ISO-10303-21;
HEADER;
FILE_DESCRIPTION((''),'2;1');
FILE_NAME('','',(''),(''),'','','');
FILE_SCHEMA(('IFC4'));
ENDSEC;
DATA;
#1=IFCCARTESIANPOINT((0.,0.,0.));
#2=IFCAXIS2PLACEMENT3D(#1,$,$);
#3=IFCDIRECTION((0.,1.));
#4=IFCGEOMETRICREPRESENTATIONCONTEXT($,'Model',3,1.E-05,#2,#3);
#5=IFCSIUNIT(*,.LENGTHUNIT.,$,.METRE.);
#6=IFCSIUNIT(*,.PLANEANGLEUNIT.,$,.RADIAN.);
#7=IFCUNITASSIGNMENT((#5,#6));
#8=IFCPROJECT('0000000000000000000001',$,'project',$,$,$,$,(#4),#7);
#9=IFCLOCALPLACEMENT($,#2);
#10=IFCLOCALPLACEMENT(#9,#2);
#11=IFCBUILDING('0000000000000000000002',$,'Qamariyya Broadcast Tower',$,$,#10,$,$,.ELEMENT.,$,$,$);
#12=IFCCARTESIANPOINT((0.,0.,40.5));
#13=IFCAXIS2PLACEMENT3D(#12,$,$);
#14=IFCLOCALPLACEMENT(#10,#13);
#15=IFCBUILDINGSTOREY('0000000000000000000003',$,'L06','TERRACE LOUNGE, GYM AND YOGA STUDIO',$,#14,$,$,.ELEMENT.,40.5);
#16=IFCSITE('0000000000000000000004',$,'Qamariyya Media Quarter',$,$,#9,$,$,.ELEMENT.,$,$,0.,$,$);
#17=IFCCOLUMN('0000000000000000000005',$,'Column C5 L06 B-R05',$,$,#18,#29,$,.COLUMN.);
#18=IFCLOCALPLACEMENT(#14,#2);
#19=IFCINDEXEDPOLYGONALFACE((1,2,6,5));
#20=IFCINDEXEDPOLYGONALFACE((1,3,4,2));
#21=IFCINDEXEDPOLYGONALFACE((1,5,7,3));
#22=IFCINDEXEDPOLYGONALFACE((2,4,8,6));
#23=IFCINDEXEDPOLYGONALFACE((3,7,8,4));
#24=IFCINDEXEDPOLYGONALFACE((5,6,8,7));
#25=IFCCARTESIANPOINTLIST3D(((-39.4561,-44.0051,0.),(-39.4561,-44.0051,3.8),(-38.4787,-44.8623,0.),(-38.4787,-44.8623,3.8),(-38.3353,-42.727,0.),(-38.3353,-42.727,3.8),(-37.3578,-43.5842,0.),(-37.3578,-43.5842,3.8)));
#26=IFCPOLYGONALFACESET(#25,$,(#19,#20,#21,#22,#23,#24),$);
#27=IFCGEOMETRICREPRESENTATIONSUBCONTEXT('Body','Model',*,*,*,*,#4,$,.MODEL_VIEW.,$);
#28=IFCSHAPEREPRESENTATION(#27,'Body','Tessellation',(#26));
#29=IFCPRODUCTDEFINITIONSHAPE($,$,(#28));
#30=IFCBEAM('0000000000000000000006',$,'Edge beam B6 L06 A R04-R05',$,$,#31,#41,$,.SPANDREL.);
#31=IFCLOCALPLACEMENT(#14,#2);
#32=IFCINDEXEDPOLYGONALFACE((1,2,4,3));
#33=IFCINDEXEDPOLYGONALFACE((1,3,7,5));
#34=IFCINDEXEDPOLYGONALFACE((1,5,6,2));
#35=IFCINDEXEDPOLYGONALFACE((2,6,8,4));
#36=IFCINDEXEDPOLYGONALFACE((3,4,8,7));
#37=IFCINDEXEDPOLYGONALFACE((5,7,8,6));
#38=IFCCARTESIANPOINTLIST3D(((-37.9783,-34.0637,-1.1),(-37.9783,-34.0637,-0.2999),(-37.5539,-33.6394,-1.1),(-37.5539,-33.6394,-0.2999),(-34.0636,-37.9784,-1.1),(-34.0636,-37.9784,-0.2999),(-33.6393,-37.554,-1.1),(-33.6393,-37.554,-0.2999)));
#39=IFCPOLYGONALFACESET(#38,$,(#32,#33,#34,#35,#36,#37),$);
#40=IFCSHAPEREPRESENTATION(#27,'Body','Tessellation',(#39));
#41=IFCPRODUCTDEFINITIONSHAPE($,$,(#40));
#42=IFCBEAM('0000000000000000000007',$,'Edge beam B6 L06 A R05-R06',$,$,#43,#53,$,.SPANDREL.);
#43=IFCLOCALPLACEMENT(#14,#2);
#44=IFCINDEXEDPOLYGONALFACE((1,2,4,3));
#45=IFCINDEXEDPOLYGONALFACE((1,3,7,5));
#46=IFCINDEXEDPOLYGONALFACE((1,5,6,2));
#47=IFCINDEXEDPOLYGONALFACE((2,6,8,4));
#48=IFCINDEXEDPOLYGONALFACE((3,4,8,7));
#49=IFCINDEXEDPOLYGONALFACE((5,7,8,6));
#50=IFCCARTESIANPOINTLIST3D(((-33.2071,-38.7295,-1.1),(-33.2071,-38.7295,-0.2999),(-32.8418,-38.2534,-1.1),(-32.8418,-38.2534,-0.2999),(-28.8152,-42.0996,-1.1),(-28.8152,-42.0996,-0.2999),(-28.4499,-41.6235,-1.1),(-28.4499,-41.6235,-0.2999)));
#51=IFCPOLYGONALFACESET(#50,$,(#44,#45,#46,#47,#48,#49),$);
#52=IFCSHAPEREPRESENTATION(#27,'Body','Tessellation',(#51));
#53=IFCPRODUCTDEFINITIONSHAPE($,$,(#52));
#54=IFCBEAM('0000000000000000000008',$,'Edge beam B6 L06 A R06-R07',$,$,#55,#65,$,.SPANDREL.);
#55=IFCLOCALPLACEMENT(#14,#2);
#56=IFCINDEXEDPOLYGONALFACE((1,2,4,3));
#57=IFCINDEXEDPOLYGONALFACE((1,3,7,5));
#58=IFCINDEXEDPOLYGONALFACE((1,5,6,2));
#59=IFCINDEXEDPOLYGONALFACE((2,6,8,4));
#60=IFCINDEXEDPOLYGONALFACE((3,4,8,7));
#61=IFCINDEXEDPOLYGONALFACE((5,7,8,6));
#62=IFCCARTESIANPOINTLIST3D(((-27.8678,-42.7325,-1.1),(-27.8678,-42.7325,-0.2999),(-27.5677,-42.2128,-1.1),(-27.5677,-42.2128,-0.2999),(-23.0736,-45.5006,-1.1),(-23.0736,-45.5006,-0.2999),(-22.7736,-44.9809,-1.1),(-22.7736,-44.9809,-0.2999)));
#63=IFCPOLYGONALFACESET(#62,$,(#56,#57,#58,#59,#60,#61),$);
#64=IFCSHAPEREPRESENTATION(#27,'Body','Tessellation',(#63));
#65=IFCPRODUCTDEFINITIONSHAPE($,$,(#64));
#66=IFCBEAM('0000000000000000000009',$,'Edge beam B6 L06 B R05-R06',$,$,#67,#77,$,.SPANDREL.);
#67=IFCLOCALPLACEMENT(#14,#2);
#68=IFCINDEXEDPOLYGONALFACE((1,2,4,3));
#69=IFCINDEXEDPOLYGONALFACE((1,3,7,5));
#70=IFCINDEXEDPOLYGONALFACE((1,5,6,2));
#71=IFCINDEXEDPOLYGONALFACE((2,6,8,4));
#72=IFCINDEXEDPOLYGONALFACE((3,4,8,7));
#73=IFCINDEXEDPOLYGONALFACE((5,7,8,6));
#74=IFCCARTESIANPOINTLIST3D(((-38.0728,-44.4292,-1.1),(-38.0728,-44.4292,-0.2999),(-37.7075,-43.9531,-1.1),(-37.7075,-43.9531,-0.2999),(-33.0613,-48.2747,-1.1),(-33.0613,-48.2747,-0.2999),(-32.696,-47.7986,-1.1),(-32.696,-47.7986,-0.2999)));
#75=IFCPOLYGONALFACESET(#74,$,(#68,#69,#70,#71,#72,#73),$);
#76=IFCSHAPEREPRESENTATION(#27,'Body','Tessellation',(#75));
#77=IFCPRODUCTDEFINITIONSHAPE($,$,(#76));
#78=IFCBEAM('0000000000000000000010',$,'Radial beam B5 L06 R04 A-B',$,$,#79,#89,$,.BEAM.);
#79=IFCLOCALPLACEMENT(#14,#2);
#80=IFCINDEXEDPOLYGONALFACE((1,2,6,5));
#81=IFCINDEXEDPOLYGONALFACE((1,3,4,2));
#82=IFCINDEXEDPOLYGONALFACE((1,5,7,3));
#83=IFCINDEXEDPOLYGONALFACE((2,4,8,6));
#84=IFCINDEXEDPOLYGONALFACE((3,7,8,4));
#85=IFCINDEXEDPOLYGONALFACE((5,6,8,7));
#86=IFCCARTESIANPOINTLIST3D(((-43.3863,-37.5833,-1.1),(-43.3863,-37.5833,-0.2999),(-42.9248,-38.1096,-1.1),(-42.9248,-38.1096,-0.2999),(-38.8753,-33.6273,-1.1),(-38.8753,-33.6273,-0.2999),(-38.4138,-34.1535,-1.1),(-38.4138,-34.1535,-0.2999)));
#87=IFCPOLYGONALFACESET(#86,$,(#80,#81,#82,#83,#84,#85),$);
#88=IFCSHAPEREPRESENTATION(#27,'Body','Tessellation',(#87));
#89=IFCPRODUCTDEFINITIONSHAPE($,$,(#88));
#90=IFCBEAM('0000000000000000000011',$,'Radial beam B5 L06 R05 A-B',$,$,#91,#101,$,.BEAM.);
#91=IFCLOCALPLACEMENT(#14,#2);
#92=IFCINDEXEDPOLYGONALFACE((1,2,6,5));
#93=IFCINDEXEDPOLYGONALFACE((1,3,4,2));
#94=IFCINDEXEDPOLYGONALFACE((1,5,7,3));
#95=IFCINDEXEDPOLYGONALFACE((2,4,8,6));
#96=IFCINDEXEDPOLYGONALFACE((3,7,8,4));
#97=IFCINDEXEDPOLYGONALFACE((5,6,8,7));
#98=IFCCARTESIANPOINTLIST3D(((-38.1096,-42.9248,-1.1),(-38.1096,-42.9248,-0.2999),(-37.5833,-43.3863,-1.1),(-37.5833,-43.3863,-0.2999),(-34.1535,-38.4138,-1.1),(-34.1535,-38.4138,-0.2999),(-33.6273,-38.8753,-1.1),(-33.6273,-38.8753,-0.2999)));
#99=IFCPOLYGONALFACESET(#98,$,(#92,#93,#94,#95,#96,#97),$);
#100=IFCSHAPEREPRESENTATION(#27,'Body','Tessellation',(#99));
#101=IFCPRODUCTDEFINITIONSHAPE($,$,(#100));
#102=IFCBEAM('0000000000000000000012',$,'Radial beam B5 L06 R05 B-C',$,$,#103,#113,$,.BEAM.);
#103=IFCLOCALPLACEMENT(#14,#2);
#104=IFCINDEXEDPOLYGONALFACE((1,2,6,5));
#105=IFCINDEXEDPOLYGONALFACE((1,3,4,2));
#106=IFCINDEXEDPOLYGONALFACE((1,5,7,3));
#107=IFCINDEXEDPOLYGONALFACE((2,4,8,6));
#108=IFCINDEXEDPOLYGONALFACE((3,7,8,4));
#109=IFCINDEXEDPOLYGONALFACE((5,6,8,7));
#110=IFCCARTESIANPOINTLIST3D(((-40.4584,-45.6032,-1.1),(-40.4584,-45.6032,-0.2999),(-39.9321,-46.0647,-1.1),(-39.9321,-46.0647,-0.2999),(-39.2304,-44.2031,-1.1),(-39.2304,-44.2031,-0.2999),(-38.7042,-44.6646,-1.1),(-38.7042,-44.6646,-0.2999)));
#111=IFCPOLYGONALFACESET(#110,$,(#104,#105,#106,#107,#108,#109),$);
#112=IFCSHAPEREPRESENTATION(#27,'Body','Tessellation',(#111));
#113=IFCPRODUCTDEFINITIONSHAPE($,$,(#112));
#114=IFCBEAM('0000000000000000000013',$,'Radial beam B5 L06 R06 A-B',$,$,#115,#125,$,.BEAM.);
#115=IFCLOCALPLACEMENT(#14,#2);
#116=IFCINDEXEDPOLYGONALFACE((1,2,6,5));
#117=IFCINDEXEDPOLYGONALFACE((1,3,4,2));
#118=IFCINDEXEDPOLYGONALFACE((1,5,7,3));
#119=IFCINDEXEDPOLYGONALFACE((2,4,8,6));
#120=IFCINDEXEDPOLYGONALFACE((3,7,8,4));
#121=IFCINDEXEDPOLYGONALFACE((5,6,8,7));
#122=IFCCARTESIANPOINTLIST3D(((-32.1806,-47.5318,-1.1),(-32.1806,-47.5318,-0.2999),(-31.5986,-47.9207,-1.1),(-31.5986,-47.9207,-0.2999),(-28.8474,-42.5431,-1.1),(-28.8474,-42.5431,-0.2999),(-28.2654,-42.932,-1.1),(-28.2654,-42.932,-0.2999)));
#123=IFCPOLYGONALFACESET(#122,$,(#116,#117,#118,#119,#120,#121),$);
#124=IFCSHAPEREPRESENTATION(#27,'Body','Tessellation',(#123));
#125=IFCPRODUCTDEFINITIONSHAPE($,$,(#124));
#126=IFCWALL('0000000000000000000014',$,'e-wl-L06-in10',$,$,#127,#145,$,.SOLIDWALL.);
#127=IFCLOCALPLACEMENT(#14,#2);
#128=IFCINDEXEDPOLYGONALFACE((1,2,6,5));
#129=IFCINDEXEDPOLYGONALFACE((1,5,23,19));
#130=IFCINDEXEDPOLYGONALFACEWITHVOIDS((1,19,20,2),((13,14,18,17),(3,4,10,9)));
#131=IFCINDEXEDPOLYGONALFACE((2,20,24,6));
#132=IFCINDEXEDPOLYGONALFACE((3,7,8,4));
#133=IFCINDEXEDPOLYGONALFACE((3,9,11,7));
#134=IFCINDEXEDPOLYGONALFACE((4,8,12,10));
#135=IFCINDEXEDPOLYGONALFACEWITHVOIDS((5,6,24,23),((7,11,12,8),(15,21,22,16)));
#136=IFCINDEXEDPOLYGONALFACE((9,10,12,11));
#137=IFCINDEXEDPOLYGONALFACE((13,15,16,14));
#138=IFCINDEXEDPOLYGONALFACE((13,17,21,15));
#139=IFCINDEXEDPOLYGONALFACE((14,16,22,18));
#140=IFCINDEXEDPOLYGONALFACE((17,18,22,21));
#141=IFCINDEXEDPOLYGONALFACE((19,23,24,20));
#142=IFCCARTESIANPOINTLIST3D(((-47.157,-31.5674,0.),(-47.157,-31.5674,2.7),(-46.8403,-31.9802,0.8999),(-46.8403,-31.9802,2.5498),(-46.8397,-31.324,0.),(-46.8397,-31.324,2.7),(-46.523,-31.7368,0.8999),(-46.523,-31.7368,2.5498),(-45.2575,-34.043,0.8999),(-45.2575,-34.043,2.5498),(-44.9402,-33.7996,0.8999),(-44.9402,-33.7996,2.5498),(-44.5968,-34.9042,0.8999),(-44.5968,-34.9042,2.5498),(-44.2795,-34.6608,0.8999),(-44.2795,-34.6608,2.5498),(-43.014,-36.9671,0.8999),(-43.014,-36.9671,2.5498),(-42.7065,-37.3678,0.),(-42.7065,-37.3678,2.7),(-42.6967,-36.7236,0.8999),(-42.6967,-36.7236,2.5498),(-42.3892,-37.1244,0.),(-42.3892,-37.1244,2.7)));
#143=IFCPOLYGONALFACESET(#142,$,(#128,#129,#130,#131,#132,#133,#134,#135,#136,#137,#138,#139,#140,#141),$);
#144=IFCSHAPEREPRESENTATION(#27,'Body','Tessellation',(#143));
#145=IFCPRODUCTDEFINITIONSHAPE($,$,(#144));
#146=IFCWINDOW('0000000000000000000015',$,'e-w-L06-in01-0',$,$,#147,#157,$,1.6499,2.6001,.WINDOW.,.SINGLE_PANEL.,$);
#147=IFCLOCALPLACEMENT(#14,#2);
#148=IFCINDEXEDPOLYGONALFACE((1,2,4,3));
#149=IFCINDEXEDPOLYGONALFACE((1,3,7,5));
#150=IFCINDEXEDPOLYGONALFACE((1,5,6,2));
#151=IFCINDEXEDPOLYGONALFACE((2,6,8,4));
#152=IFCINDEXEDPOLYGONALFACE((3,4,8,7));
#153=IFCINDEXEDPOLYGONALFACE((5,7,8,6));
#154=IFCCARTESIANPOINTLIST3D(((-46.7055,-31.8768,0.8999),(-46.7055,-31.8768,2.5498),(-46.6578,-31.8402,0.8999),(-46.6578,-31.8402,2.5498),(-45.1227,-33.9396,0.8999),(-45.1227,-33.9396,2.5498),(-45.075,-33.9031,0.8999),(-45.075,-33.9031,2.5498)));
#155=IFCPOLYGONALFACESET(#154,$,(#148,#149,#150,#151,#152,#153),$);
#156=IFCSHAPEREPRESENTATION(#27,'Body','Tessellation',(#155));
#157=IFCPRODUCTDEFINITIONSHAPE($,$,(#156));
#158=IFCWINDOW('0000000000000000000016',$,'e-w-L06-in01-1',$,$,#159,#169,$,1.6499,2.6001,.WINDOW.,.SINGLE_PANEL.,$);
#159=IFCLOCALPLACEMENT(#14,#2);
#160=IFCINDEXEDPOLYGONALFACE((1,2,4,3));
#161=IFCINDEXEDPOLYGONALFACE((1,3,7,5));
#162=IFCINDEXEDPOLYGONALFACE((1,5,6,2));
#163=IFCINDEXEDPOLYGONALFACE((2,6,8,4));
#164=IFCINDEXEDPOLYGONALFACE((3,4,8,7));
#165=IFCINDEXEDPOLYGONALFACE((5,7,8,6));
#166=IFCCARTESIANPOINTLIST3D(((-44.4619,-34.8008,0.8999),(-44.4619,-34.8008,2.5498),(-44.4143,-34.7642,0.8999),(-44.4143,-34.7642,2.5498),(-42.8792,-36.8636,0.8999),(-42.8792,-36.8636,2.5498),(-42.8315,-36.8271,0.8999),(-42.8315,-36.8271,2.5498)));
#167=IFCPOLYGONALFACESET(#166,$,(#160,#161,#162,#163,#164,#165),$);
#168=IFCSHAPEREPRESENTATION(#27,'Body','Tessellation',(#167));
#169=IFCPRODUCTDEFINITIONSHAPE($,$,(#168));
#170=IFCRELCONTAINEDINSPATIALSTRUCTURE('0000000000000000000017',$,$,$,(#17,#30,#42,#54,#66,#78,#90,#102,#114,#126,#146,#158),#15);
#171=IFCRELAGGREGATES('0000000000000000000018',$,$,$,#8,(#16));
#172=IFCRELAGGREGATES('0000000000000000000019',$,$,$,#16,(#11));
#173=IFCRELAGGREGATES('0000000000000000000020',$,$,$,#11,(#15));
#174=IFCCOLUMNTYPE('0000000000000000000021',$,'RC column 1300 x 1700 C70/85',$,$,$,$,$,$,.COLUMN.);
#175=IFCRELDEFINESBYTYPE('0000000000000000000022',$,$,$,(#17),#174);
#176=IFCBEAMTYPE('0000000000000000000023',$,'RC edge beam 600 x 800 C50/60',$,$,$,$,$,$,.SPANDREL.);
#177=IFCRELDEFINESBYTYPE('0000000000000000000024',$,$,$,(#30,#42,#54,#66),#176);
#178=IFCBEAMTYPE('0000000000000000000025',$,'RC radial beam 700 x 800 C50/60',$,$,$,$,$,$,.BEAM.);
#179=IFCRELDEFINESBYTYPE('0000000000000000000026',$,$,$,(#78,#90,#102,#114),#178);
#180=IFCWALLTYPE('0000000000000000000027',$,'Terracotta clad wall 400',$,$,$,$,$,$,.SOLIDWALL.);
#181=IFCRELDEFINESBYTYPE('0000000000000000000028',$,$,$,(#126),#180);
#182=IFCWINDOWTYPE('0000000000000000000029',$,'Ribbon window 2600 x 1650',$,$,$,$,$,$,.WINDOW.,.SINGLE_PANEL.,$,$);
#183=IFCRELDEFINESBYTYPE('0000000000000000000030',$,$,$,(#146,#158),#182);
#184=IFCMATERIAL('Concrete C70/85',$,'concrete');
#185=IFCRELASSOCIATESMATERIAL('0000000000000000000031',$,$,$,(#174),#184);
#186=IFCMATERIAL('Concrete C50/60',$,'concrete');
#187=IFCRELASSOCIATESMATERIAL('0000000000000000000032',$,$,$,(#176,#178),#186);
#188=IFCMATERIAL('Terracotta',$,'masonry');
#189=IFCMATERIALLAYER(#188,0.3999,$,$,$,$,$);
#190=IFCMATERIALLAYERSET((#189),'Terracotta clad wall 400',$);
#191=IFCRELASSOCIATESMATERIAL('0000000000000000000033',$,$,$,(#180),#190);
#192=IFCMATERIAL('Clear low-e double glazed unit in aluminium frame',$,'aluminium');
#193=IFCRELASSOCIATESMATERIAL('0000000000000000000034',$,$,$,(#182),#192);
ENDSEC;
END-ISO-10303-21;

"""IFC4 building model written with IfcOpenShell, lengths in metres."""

from ifc_helpers import new_model, si_unit, direction, frame, frame_2d, origin, origin_2d, place, context, subcontext, project, spatial, rectangle, extrude, material, layer, layer_set, material_profile, profile_set, type_object, element, fill, save


model = new_model("IFC4")

# Units and contexts
model_context = context("Model", 3, precision=1e-05, world=origin(), true_north=direction((0.0, 1.0)))
body_context = subcontext(model_context, "Body", "Model", "MODEL_VIEW")
ifc_project = project(units=[si_unit("LENGTHUNIT", "METRE"), si_unit("PLANEANGLEUNIT", "RADIAN")], contexts=[model_context])

# Site, building, storey
site_placement = place(None, origin())
site = spatial("IfcSite", under=ifc_project, at=site_placement, Name="Qamariyya Media Quarter", CompositionType="ELEMENT", RefElevation=0.0)
building_placement = place(site_placement, origin())
building = spatial("IfcBuilding", under=site, at=building_placement, Name="Qamariyya Broadcast Tower", CompositionType="ELEMENT")
storey_placement = place(building_placement, frame((0.0, 0.0, 40.5)))
storey = spatial("IfcBuildingStorey", under=building, at=storey_placement, Name="L06", Description="TERRACE LOUNGE, GYM AND YOGA STUDIO", CompositionType="ELEMENT", Elevation=40.5)

# Column
ifc_material_1 = material(Name="Concrete C70/85", Category="concrete")
ifc_material_profile_1 = material_profile(ifc_material_1, rectangle(XDim=1.3, YDim=1.7, at=origin_2d()))
ifc_profile_set_1 = profile_set([ifc_material_profile_1], Name="Concrete C70/85")
column_type = type_object("IfcColumnType", Name="RC column 1300 x 1700 C70/85", PredefinedType="COLUMN", material=ifc_profile_set_1)
column_placement = place(storey_placement, frame((-38.407, -43.7947, 0.0), z_axis=(0.0, 0.0, 1.0), x_axis=(0.75184, -0.659346, 0.0)))
element("IfcColumn", 1, at=column_placement, inside=storey, type_object=column_type, Name="Column C5 L06 B-R05", PredefinedType="COLUMN", context=body_context, shape_type="SweptSolid", body=[
    extrude(rectangle(XDim=1.3, YDim=1.7, at=origin_2d()), origin(), (0.0, 0.0, 1.0), 3.8),
])

# Beams
ifc_material_2 = material(Name="Concrete C50/60", Category="concrete")
ifc_material_profile_2 = material_profile(ifc_material_2, rectangle(XDim=0.6001, YDim=0.8, at=origin_2d()))
ifc_profile_set_2 = profile_set([ifc_material_profile_2], Name="Concrete C50/60")
beam_type_1 = type_object("IfcBeamType", Name="RC edge beam 600 x 800 C50/60", PredefinedType="SPANDREL", material=ifc_profile_set_2)
beam_1_placement = place(storey_placement, frame((-37.7661, -33.8516, -0.7), z_axis=(0.707107, -0.707107, 0.0), x_axis=(0.707107, 0.707107, 0.0)))
element("IfcBeam", 2, at=beam_1_placement, inside=storey, type_object=beam_type_1, Name="Edge beam B6 L06 A R04-R05", PredefinedType="SPANDREL", context=body_context, shape_type="SweptSolid", body=[
    extrude(rectangle(XDim=0.6001, YDim=0.8, at=origin_2d()), origin(), (0.0, 0.0, 1.0), 5.5361),
])
for number, where, z_axis, x_axis, name in (
    (3, (-33.0244, -38.4915, -0.7), (0.793342, -0.608777, 0.0), (0.608777, 0.793342, 0.0), "Edge beam B6 L06 A R05-R06"),
    (4, (-27.7178, -42.4727, -0.7), (0.866014, -0.500019, 0.0), (0.500019, 0.866014, 0.0), "Edge beam B6 L06 A R06-R07"),
):
    element("IfcBeam", number, at=place(storey_placement, frame(where, z_axis=z_axis, x_axis=x_axis)), inside=storey, type_object=beam_type_1, Name=name, PredefinedType="SPANDREL", context=body_context, shape_type="SweptSolid", body=[
        extrude(rectangle(XDim=0.6001, YDim=0.8, at=origin_2d()), origin(), (0.0, 0.0, 1.0), 5.5359),
    ])
beam_2_placement = place(storey_placement, frame((-37.8901, -44.1912, -0.7), z_axis=(0.793352, -0.608763, 0.0), x_axis=(0.608763, 0.793352, 0.0)))
element("IfcBeam", 5, at=beam_2_placement, inside=storey, type_object=beam_type_1, Name="Edge beam B6 L06 B R05-R06", PredefinedType="SPANDREL", context=body_context, shape_type="SweptSolid", body=[
    extrude(rectangle(XDim=0.6001, YDim=0.8, at=origin_2d()), origin(), (0.0, 0.0, 1.0), 6.3169),
])
ifc_material_profile_3 = material_profile(ifc_material_2, rectangle(XDim=0.7, YDim=0.8, at=origin_2d()))
ifc_profile_set_3 = profile_set([ifc_material_profile_3], Name="Concrete C50/60")
beam_type_2 = type_object("IfcBeamType", Name="RC radial beam 700 x 800 C50/60", PredefinedType="BEAM", material=ifc_profile_set_3)
for number, where, z_axis, x_axis, name in (
    (6, (-38.6445, -33.8904, -0.7), (-0.751838, -0.659348, 0.0), (0.659348, -0.751838, 0.0), "Radial beam B5 L06 R04 A-B"),
    (7, (-33.8904, -38.6445, -0.7), (-0.659348, -0.751838, 0.0), (0.751838, -0.659348, 0.0), "Radial beam B5 L06 R05 A-B"),
):
    element("IfcBeam", number, at=place(storey_placement, frame(where, z_axis=z_axis, x_axis=x_axis)), inside=storey, type_object=beam_type_2, Name=name, PredefinedType="BEAM", context=body_context, shape_type="SweptSolid", body=[
        extrude(rectangle(XDim=0.7, YDim=0.8, at=origin_2d()), origin(), (0.0, 0.0, 1.0), 6.0),
    ])
beam_3_placement = place(storey_placement, frame((-38.9673, -44.4338, -0.7), z_axis=(-0.659386, -0.751805, 0.0), x_axis=(0.751805, -0.659386, 0.0)))
element("IfcBeam", 8, at=beam_3_placement, inside=storey, type_object=beam_type_2, Name="Radial beam B5 L06 R05 B-C", PredefinedType="BEAM", context=body_context, shape_type="SweptSolid", body=[
    extrude(rectangle(XDim=0.7, YDim=0.8, at=origin_2d()), origin(), (0.0, 0.0, 1.0), 1.8623),
])
beam_4_placement = place(storey_placement, frame((-28.5564, -42.7375, -0.7), z_axis=(-0.555554, -0.83148, 0.0), x_axis=(0.83148, -0.555554, 0.0)))
element("IfcBeam", 9, at=beam_4_placement, inside=storey, type_object=beam_type_2, Name="Radial beam B5 L06 R06 A-B", PredefinedType="BEAM", context=body_context, shape_type="SweptSolid", body=[
    extrude(rectangle(XDim=0.7, YDim=0.8, at=origin_2d()), origin(), (0.0, 0.0, 1.0), 5.9998),
])

# Wall, openings, windows
ifc_material_3 = material(Name="Terracotta", Category="masonry")
ifc_layer = layer(ifc_material_3, 0.3999)
ifc_layer_set = layer_set([ifc_layer], Name="Terracotta clad wall 400")
wall_type = type_object("IfcWallType", Name="Terracotta clad wall 400", PredefinedType="SOLIDWALL", material=ifc_layer_set)
wall_1_placement = place(storey_placement, frame((-42.5479, -37.2461, 0.0), z_axis=(0.0, 0.0, 1.0), x_axis=(-0.608737, 0.793372, 0.0)))
wall_1 = element("IfcWall", 10, at=wall_1_placement, inside=storey, type_object=wall_type, Name="e-wl-L06-in10", PredefinedType="SOLIDWALL", context=body_context, shape_type="SweptSolid", body=[
    extrude(rectangle(XDim=7.311, YDim=0.3999, at=frame_2d((3.6555, 0.0))), origin(), (0.0, 0.0, 1.0), 2.7),
])
opening_1_placement = place(wall_1_placement, frame((4.1907, 0.0, 0.8999)))
opening_1 = element("IfcOpeningElement", 11, at=opening_1_placement, cuts=wall_1, PredefinedType="OPENING", context=body_context, shape_type="SweptSolid", body=[
    extrude(rectangle(XDim=2.6001, YDim=1.6499, at=frame_2d((1.3, 0.825))), frame((0.0, 0.21, 0.0), z_axis=(0.0, -1.0, 0.0), x_axis=(1.0, 0.0, 0.0)), (0.0, 0.0, 1.0), 0.4199),
])
opening_2_placement = place(wall_1_placement, frame((0.5051, 0.0, 0.8999)))
opening_2 = element("IfcOpeningElement", 12, at=opening_2_placement, cuts=wall_1, PredefinedType="OPENING", context=body_context, shape_type="SweptSolid", body=[
    extrude(rectangle(XDim=2.6001, YDim=1.6499, at=frame_2d((1.3, 0.825))), frame((0.0, 0.21, 0.0), z_axis=(0.0, -1.0, 0.0), x_axis=(1.0, 0.0, 0.0)), (0.0, 0.0, 1.0), 0.4199),
])
ifc_material_4 = material(Name="Clear low-e double glazed unit in aluminium frame", Category="aluminium")
window_type = type_object("IfcWindowType", Name="Ribbon window 2600 x 1650", PartitioningType="SINGLE_PANEL", PredefinedType="WINDOW", material=ifc_material_4)
window_1_placement = place(opening_1_placement, origin())
window_1 = element("IfcWindow", 13, at=window_1_placement, inside=storey, type_object=window_type, Name="e-w-L06-in01-0", OverallHeight=1.6499, OverallWidth=2.6001, PartitioningType="SINGLE_PANEL", PredefinedType="WINDOW", context=body_context, shape_type="SweptSolid", body=[
    extrude(rectangle(XDim=2.6001, YDim=1.6499, at=frame_2d((1.3, 0.825))), frame((0.0, 0.03, 0.0), z_axis=(0.0, -1.0, 0.0), x_axis=(1.0, 0.0, 0.0)), (0.0, 0.0, 1.0), 0.0601),
])
fill(opening_1, window_1)
window_2_placement = place(opening_2_placement, origin())
window_2 = element("IfcWindow", 14, at=window_2_placement, inside=storey, type_object=window_type, Name="e-w-L06-in01-1", OverallHeight=1.6499, OverallWidth=2.6001, PartitioningType="SINGLE_PANEL", PredefinedType="WINDOW", context=body_context, shape_type="SweptSolid", body=[
    extrude(rectangle(XDim=2.6001, YDim=1.6499, at=frame_2d((1.3, 0.825))), frame((0.0, 0.03, 0.0), z_axis=(0.0, -1.0, 0.0), x_axis=(1.0, 0.0, 0.0)), (0.0, 0.0, 1.0), 0.0601),
])
fill(opening_2, window_2)

save(model, "model.ifc")
